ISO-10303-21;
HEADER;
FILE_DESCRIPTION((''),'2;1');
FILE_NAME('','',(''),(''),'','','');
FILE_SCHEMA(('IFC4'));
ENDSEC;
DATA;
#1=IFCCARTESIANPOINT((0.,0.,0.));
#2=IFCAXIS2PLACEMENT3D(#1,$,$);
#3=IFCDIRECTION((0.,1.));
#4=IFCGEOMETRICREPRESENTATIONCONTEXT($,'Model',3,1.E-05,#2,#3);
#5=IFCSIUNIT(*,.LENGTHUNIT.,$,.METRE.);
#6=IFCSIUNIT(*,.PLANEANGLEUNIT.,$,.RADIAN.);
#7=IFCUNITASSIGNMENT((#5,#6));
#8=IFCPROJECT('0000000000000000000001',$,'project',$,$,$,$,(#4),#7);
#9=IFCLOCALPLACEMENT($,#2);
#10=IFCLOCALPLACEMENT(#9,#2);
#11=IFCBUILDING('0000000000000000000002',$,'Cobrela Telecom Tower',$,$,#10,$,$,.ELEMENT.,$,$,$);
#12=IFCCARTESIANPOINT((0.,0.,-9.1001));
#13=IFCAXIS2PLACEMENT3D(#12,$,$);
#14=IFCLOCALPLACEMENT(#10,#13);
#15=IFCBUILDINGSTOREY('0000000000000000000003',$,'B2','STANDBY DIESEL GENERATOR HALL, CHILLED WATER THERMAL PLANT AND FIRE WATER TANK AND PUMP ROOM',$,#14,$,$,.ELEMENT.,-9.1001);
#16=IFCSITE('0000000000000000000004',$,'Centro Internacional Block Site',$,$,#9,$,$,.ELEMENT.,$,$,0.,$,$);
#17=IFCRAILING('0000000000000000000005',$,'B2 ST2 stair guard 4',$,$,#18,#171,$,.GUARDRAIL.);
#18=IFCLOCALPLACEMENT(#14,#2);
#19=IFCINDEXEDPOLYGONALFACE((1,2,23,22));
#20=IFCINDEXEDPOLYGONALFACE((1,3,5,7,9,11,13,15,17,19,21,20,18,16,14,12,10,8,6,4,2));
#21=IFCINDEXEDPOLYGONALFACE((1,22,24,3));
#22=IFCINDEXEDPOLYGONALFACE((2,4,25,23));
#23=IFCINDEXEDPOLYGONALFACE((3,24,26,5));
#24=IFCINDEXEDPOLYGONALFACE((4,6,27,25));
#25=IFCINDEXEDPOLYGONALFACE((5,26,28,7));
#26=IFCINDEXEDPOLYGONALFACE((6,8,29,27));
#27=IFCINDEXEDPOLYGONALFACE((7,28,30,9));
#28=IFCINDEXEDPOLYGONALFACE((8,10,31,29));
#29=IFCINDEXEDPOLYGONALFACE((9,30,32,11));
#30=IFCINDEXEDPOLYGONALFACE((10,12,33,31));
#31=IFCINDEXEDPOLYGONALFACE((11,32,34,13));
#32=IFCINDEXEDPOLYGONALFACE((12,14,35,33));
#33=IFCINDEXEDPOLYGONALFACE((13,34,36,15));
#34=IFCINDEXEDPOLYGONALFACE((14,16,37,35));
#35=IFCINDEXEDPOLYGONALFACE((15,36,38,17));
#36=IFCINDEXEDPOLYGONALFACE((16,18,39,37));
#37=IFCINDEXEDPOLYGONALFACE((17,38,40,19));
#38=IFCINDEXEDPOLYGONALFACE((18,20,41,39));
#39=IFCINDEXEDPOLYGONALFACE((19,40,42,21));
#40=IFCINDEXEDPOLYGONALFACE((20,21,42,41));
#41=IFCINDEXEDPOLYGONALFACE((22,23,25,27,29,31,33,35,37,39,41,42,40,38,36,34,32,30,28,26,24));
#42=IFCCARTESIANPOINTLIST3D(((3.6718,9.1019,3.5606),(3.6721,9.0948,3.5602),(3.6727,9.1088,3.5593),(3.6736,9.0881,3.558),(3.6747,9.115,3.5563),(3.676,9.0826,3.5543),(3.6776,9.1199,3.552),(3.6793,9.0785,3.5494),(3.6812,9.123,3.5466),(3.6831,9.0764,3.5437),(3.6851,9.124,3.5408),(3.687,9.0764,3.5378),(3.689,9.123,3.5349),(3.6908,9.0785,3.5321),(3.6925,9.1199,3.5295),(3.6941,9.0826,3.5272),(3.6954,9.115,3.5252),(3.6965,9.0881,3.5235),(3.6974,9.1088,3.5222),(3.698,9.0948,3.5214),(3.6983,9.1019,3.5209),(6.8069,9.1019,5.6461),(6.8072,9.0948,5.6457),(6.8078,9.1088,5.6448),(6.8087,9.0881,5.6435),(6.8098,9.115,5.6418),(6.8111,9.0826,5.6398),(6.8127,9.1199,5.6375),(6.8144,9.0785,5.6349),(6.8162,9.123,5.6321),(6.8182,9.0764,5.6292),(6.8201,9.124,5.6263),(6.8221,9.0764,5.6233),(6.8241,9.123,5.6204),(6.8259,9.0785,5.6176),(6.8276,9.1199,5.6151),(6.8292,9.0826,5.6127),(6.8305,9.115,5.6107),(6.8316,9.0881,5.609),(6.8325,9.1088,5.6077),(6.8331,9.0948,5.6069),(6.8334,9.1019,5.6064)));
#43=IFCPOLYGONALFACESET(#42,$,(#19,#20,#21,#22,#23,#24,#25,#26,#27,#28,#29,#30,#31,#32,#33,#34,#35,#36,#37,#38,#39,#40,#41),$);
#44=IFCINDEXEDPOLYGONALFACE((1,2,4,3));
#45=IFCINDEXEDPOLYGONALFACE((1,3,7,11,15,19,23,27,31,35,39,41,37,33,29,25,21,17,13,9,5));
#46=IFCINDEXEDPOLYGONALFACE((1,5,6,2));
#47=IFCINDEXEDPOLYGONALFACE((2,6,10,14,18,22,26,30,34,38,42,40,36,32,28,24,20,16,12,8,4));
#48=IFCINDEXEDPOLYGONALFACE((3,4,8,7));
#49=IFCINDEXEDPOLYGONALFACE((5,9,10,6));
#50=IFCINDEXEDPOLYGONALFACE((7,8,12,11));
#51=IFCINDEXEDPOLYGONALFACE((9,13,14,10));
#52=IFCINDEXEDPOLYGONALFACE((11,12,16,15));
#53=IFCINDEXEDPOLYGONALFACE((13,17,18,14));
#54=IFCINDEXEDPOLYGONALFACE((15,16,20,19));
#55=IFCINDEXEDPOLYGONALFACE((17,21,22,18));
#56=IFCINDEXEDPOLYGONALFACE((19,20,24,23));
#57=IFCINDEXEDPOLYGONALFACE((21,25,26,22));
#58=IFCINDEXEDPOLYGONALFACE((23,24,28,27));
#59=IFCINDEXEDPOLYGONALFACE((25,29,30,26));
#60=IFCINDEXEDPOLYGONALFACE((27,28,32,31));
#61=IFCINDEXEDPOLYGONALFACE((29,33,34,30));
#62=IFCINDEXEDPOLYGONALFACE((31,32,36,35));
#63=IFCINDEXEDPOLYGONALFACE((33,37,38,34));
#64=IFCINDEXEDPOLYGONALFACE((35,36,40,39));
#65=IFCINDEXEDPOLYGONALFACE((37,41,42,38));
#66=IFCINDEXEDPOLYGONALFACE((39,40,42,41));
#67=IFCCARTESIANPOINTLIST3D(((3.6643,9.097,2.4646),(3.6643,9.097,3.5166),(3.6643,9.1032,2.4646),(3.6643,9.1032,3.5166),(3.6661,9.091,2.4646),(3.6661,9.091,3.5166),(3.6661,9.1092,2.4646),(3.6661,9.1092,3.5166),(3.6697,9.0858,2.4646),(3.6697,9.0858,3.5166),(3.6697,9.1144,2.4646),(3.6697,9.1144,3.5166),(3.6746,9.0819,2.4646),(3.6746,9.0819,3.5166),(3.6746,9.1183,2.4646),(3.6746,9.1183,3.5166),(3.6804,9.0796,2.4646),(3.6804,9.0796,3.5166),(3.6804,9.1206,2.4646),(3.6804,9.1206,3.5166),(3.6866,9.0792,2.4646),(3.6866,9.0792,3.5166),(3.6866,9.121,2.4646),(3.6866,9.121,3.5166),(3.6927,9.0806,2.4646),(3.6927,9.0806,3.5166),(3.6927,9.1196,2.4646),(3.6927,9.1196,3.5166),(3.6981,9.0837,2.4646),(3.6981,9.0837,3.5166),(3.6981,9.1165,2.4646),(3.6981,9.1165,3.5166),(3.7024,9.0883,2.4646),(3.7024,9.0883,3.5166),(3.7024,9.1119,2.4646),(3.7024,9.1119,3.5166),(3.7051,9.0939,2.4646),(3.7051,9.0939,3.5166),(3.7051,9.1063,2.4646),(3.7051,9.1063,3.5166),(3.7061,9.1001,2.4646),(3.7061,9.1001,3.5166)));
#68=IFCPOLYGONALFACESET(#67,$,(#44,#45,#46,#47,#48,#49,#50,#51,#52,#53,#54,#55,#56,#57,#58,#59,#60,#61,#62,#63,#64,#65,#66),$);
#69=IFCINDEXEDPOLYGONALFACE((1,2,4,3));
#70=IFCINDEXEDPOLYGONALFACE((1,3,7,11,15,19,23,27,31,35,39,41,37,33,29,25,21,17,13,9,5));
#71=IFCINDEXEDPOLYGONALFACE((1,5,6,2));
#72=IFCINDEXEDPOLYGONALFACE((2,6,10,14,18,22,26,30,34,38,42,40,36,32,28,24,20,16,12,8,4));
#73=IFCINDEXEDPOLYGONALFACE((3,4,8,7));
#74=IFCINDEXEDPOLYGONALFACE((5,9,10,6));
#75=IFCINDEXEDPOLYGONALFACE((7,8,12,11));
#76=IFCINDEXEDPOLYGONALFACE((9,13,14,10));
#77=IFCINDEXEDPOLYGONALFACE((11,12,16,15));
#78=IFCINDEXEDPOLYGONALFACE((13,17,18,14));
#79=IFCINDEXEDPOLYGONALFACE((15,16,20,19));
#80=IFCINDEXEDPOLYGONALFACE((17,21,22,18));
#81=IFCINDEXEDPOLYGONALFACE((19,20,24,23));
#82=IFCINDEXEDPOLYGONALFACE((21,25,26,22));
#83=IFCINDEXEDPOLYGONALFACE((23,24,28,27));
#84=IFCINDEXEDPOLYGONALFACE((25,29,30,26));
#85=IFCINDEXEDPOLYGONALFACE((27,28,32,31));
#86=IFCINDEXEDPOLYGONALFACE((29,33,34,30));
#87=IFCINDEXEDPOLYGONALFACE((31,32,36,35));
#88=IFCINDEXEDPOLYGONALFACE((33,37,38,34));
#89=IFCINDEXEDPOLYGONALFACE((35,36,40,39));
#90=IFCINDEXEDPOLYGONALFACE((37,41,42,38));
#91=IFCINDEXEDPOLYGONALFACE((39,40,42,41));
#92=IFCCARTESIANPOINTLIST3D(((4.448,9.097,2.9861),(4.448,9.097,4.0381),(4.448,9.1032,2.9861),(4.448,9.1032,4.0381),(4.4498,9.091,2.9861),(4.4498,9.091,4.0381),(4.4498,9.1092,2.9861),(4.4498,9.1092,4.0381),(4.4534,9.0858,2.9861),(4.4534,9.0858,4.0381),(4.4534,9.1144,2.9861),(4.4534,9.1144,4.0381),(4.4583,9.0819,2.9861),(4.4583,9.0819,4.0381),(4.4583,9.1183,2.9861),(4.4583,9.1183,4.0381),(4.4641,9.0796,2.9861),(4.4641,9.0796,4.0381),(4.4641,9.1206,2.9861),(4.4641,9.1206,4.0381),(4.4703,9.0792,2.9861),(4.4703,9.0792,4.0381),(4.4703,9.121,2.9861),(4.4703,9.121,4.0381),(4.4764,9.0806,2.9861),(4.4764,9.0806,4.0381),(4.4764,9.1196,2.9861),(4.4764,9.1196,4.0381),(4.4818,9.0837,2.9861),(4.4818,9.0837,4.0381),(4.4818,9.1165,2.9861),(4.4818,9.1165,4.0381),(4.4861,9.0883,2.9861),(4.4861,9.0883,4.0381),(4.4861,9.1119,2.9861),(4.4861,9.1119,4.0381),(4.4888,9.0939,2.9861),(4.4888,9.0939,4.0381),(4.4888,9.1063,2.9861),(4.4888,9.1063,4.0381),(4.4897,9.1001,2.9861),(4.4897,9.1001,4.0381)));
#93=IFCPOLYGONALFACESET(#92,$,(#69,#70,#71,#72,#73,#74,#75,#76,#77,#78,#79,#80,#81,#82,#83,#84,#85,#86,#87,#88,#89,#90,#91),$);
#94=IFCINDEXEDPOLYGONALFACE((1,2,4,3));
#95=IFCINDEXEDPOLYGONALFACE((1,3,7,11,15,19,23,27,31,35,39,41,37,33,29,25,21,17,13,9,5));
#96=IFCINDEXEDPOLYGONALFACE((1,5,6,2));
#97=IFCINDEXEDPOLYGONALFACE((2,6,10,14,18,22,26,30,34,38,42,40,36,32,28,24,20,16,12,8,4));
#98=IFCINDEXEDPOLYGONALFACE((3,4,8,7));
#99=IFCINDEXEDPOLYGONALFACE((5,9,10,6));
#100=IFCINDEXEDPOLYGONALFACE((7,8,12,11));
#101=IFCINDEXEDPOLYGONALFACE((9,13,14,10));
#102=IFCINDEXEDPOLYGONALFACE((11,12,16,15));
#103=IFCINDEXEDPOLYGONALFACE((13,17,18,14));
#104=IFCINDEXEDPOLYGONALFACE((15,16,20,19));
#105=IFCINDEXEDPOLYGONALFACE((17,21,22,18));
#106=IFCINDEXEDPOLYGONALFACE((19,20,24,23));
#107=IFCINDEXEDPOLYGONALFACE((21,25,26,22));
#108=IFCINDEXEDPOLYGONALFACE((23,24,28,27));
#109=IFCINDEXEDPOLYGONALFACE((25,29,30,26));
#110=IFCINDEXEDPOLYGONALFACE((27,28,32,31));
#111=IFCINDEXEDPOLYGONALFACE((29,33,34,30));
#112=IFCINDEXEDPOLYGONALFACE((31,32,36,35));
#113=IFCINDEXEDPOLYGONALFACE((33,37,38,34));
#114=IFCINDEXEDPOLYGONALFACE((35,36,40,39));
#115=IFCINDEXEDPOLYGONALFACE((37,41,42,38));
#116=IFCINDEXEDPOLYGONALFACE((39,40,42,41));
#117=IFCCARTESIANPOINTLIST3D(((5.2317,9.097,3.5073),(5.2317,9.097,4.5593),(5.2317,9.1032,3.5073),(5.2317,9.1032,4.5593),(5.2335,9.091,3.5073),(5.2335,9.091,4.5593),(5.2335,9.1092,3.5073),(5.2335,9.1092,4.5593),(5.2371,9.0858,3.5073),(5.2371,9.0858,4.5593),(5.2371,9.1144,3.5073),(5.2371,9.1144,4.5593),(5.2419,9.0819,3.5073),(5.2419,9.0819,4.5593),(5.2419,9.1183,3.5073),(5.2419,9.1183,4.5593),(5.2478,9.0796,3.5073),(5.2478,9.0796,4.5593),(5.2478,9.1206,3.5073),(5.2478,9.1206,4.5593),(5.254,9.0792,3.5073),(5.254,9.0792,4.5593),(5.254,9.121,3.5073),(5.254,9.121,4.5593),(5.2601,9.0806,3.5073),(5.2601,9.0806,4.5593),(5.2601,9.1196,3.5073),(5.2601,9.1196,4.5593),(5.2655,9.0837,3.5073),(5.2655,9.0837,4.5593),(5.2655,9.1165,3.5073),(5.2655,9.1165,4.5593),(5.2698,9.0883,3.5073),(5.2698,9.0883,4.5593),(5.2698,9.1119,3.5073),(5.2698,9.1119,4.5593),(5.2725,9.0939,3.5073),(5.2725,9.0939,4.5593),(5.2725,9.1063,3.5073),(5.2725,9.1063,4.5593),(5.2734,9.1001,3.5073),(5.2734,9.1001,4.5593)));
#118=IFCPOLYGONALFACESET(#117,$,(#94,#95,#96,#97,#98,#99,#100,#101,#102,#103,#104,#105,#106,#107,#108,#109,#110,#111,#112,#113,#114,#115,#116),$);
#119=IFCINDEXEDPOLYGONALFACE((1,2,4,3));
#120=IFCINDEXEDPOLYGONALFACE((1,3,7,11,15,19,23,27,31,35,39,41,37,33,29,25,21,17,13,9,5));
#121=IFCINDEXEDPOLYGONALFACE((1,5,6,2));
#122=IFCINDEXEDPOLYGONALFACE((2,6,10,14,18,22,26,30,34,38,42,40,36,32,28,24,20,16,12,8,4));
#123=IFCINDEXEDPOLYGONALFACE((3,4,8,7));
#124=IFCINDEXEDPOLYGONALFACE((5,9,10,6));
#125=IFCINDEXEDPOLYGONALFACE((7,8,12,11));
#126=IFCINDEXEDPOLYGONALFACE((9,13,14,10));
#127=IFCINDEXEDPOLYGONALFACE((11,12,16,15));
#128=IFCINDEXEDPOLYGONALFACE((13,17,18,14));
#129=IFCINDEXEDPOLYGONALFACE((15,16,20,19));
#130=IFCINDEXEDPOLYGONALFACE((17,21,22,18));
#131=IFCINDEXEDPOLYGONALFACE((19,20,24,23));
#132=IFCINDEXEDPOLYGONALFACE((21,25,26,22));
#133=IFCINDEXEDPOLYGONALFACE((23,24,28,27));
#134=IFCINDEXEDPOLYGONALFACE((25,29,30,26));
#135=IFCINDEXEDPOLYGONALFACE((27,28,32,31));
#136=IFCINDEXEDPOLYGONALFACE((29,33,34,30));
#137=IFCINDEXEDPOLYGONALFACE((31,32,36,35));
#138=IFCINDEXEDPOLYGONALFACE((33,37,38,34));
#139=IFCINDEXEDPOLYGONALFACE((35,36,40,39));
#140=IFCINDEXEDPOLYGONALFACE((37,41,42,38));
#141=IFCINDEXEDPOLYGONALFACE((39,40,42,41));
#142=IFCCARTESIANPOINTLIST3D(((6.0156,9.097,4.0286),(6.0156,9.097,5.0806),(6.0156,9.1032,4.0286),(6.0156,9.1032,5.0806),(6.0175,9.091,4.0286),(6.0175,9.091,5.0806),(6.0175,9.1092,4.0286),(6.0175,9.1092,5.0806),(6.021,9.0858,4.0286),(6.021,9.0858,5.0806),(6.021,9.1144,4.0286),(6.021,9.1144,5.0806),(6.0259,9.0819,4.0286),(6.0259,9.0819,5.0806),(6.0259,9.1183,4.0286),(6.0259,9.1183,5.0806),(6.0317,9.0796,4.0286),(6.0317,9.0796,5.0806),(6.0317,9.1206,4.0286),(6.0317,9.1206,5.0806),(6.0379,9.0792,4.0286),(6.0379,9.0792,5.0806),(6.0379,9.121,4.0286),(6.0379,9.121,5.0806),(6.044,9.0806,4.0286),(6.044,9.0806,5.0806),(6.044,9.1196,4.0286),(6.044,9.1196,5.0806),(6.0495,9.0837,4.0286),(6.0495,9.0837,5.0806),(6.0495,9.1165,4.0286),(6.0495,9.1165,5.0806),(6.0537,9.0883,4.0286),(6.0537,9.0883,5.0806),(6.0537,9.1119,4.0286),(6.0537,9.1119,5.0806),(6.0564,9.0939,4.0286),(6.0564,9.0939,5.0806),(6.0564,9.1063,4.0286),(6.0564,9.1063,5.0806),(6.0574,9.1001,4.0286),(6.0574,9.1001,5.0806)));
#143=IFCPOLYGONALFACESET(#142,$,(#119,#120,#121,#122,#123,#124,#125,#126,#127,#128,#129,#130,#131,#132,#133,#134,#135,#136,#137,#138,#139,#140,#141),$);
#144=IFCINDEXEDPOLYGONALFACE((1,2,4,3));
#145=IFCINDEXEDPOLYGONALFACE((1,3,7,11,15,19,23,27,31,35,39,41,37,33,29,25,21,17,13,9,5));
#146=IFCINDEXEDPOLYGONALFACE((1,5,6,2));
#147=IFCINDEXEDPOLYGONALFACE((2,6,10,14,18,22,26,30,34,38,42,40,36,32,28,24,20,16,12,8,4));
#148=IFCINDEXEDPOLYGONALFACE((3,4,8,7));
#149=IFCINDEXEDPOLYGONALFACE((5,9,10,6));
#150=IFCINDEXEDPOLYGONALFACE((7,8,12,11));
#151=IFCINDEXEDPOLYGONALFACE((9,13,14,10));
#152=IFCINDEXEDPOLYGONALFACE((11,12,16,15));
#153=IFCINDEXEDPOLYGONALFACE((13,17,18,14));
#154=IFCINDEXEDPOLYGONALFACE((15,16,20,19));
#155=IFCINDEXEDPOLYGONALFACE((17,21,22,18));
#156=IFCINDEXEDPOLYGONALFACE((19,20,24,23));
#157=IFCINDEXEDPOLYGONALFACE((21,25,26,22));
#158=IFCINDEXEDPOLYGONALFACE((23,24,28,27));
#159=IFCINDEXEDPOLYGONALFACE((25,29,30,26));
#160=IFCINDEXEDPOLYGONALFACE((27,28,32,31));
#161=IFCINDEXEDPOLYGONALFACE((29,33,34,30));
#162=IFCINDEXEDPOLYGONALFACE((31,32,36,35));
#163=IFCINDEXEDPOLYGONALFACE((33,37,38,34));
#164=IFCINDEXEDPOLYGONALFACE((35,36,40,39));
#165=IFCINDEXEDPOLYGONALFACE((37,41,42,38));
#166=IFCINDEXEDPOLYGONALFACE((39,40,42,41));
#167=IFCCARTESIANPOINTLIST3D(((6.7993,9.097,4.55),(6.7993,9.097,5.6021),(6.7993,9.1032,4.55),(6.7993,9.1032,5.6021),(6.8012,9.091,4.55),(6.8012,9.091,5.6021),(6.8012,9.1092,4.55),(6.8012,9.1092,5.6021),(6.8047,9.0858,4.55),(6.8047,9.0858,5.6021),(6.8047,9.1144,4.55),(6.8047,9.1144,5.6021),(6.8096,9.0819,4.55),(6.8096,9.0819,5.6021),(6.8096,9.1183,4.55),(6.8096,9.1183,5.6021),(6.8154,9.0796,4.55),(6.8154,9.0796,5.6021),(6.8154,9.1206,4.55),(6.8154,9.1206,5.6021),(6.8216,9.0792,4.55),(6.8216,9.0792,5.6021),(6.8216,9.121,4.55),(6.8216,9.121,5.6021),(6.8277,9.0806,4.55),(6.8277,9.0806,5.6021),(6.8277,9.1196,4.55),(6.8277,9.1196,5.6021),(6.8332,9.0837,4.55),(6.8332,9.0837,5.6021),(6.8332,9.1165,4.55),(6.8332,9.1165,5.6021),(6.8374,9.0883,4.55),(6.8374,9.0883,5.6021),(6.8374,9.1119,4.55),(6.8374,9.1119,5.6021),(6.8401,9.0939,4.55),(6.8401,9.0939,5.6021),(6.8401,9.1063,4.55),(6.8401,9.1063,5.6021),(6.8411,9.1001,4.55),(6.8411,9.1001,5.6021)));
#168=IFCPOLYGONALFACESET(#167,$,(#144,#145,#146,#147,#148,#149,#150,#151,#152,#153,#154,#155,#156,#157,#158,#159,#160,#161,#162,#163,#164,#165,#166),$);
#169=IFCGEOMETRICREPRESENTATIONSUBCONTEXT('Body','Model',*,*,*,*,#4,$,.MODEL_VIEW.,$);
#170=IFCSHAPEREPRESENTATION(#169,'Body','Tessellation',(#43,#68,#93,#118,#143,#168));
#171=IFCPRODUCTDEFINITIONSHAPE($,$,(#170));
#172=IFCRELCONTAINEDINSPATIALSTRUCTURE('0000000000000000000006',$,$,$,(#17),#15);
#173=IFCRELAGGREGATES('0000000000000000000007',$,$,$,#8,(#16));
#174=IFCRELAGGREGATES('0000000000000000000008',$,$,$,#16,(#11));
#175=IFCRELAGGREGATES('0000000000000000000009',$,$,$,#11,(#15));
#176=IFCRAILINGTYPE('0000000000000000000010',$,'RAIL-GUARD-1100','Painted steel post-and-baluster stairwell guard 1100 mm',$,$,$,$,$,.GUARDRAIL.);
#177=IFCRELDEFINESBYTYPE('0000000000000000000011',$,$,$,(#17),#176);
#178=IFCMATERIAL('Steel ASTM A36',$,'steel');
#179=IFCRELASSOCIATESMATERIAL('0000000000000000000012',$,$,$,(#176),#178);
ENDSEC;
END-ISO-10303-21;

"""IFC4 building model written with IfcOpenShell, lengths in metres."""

from ifc_helpers import new_model, si_unit, direction, frame, origin, origin_2d, place, context, subcontext, project, spatial, circle, extrude, material, type_object, element, save


model = new_model("IFC4")

# Units and contexts
model_context = context("Model", 3, precision=1e-05, world=origin(), true_north=direction((0.0, 1.0)))
body_context = subcontext(model_context, "Body", "Model", "MODEL_VIEW")
ifc_project = project(units=[si_unit("LENGTHUNIT", "METRE"), si_unit("PLANEANGLEUNIT", "RADIAN")], contexts=[model_context])

# Site, building, storey
site_placement = place(None, origin())
site = spatial("IfcSite", under=ifc_project, at=site_placement, Name="Centro Internacional Block Site", CompositionType="ELEMENT", RefElevation=0.0)
building_placement = place(site_placement, origin())
building = spatial("IfcBuilding", under=site, at=building_placement, Name="Cobrela Telecom Tower", CompositionType="ELEMENT")
storey_placement = place(building_placement, frame((0.0, 0.0, -9.1001)))
storey = spatial("IfcBuildingStorey", under=building, at=storey_placement, Name="B2", Description="STANDBY DIESEL GENERATOR HALL, CHILLED WATER THERMAL PLANT AND FIRE WATER TANK AND PUMP ROOM", CompositionType="ELEMENT", Elevation=-9.1001)

# Railing
ifc_material_1 = material(Name="Steel ASTM A36", Category="steel")
railing_type_1 = type_object("IfcRailingType", Name="RAIL-GUARD-1100", Description="Painted steel post-and-baluster stairwell guard 1100 mm", PredefinedType="GUARDRAIL", material=ifc_material_1)
railing_1_placement = place(storey_placement, frame((3.6851, 9.1001, 2.4646)))
element("IfcRailing", 1, at=railing_1_placement, inside=storey, type_object=railing_type_1, Name="B2 ST2 stair guard 4", PredefinedType="GUARDRAIL", context=body_context, shape_type="SweptSolid", body=[
    extrude(circle(Radius=0.0239, at=origin_2d()), frame((0.0, 0.0, 1.0762), z_axis=(0.832608, 0.0, 0.553862), x_axis=(0.0, 1.0, 0.0)), (0.0, 0.0, 1.0), 3.7654),
    extrude(circle(Radius=0.021, at=origin_2d()), origin(), (0.0, 0.0, 1.0), 1.052),
    extrude(circle(Radius=0.021, at=origin_2d()), frame((0.7837, 0.0, 0.5215)), (0.0, 0.0, 1.0), 1.052),
    extrude(circle(Radius=0.021, at=origin_2d()), frame((1.5674, 0.0, 1.0427)), (0.0, 0.0, 1.0), 1.052),
    extrude(circle(Radius=0.021, at=origin_2d()), frame((2.3513, 0.0, 1.564)), (0.0, 0.0, 1.0), 1.052),
    extrude(circle(Radius=0.021, at=origin_2d()), frame((3.135, 0.0, 2.0854)), (0.0, 0.0, 1.0), 1.052),
])

save(model, "model.ifc")
